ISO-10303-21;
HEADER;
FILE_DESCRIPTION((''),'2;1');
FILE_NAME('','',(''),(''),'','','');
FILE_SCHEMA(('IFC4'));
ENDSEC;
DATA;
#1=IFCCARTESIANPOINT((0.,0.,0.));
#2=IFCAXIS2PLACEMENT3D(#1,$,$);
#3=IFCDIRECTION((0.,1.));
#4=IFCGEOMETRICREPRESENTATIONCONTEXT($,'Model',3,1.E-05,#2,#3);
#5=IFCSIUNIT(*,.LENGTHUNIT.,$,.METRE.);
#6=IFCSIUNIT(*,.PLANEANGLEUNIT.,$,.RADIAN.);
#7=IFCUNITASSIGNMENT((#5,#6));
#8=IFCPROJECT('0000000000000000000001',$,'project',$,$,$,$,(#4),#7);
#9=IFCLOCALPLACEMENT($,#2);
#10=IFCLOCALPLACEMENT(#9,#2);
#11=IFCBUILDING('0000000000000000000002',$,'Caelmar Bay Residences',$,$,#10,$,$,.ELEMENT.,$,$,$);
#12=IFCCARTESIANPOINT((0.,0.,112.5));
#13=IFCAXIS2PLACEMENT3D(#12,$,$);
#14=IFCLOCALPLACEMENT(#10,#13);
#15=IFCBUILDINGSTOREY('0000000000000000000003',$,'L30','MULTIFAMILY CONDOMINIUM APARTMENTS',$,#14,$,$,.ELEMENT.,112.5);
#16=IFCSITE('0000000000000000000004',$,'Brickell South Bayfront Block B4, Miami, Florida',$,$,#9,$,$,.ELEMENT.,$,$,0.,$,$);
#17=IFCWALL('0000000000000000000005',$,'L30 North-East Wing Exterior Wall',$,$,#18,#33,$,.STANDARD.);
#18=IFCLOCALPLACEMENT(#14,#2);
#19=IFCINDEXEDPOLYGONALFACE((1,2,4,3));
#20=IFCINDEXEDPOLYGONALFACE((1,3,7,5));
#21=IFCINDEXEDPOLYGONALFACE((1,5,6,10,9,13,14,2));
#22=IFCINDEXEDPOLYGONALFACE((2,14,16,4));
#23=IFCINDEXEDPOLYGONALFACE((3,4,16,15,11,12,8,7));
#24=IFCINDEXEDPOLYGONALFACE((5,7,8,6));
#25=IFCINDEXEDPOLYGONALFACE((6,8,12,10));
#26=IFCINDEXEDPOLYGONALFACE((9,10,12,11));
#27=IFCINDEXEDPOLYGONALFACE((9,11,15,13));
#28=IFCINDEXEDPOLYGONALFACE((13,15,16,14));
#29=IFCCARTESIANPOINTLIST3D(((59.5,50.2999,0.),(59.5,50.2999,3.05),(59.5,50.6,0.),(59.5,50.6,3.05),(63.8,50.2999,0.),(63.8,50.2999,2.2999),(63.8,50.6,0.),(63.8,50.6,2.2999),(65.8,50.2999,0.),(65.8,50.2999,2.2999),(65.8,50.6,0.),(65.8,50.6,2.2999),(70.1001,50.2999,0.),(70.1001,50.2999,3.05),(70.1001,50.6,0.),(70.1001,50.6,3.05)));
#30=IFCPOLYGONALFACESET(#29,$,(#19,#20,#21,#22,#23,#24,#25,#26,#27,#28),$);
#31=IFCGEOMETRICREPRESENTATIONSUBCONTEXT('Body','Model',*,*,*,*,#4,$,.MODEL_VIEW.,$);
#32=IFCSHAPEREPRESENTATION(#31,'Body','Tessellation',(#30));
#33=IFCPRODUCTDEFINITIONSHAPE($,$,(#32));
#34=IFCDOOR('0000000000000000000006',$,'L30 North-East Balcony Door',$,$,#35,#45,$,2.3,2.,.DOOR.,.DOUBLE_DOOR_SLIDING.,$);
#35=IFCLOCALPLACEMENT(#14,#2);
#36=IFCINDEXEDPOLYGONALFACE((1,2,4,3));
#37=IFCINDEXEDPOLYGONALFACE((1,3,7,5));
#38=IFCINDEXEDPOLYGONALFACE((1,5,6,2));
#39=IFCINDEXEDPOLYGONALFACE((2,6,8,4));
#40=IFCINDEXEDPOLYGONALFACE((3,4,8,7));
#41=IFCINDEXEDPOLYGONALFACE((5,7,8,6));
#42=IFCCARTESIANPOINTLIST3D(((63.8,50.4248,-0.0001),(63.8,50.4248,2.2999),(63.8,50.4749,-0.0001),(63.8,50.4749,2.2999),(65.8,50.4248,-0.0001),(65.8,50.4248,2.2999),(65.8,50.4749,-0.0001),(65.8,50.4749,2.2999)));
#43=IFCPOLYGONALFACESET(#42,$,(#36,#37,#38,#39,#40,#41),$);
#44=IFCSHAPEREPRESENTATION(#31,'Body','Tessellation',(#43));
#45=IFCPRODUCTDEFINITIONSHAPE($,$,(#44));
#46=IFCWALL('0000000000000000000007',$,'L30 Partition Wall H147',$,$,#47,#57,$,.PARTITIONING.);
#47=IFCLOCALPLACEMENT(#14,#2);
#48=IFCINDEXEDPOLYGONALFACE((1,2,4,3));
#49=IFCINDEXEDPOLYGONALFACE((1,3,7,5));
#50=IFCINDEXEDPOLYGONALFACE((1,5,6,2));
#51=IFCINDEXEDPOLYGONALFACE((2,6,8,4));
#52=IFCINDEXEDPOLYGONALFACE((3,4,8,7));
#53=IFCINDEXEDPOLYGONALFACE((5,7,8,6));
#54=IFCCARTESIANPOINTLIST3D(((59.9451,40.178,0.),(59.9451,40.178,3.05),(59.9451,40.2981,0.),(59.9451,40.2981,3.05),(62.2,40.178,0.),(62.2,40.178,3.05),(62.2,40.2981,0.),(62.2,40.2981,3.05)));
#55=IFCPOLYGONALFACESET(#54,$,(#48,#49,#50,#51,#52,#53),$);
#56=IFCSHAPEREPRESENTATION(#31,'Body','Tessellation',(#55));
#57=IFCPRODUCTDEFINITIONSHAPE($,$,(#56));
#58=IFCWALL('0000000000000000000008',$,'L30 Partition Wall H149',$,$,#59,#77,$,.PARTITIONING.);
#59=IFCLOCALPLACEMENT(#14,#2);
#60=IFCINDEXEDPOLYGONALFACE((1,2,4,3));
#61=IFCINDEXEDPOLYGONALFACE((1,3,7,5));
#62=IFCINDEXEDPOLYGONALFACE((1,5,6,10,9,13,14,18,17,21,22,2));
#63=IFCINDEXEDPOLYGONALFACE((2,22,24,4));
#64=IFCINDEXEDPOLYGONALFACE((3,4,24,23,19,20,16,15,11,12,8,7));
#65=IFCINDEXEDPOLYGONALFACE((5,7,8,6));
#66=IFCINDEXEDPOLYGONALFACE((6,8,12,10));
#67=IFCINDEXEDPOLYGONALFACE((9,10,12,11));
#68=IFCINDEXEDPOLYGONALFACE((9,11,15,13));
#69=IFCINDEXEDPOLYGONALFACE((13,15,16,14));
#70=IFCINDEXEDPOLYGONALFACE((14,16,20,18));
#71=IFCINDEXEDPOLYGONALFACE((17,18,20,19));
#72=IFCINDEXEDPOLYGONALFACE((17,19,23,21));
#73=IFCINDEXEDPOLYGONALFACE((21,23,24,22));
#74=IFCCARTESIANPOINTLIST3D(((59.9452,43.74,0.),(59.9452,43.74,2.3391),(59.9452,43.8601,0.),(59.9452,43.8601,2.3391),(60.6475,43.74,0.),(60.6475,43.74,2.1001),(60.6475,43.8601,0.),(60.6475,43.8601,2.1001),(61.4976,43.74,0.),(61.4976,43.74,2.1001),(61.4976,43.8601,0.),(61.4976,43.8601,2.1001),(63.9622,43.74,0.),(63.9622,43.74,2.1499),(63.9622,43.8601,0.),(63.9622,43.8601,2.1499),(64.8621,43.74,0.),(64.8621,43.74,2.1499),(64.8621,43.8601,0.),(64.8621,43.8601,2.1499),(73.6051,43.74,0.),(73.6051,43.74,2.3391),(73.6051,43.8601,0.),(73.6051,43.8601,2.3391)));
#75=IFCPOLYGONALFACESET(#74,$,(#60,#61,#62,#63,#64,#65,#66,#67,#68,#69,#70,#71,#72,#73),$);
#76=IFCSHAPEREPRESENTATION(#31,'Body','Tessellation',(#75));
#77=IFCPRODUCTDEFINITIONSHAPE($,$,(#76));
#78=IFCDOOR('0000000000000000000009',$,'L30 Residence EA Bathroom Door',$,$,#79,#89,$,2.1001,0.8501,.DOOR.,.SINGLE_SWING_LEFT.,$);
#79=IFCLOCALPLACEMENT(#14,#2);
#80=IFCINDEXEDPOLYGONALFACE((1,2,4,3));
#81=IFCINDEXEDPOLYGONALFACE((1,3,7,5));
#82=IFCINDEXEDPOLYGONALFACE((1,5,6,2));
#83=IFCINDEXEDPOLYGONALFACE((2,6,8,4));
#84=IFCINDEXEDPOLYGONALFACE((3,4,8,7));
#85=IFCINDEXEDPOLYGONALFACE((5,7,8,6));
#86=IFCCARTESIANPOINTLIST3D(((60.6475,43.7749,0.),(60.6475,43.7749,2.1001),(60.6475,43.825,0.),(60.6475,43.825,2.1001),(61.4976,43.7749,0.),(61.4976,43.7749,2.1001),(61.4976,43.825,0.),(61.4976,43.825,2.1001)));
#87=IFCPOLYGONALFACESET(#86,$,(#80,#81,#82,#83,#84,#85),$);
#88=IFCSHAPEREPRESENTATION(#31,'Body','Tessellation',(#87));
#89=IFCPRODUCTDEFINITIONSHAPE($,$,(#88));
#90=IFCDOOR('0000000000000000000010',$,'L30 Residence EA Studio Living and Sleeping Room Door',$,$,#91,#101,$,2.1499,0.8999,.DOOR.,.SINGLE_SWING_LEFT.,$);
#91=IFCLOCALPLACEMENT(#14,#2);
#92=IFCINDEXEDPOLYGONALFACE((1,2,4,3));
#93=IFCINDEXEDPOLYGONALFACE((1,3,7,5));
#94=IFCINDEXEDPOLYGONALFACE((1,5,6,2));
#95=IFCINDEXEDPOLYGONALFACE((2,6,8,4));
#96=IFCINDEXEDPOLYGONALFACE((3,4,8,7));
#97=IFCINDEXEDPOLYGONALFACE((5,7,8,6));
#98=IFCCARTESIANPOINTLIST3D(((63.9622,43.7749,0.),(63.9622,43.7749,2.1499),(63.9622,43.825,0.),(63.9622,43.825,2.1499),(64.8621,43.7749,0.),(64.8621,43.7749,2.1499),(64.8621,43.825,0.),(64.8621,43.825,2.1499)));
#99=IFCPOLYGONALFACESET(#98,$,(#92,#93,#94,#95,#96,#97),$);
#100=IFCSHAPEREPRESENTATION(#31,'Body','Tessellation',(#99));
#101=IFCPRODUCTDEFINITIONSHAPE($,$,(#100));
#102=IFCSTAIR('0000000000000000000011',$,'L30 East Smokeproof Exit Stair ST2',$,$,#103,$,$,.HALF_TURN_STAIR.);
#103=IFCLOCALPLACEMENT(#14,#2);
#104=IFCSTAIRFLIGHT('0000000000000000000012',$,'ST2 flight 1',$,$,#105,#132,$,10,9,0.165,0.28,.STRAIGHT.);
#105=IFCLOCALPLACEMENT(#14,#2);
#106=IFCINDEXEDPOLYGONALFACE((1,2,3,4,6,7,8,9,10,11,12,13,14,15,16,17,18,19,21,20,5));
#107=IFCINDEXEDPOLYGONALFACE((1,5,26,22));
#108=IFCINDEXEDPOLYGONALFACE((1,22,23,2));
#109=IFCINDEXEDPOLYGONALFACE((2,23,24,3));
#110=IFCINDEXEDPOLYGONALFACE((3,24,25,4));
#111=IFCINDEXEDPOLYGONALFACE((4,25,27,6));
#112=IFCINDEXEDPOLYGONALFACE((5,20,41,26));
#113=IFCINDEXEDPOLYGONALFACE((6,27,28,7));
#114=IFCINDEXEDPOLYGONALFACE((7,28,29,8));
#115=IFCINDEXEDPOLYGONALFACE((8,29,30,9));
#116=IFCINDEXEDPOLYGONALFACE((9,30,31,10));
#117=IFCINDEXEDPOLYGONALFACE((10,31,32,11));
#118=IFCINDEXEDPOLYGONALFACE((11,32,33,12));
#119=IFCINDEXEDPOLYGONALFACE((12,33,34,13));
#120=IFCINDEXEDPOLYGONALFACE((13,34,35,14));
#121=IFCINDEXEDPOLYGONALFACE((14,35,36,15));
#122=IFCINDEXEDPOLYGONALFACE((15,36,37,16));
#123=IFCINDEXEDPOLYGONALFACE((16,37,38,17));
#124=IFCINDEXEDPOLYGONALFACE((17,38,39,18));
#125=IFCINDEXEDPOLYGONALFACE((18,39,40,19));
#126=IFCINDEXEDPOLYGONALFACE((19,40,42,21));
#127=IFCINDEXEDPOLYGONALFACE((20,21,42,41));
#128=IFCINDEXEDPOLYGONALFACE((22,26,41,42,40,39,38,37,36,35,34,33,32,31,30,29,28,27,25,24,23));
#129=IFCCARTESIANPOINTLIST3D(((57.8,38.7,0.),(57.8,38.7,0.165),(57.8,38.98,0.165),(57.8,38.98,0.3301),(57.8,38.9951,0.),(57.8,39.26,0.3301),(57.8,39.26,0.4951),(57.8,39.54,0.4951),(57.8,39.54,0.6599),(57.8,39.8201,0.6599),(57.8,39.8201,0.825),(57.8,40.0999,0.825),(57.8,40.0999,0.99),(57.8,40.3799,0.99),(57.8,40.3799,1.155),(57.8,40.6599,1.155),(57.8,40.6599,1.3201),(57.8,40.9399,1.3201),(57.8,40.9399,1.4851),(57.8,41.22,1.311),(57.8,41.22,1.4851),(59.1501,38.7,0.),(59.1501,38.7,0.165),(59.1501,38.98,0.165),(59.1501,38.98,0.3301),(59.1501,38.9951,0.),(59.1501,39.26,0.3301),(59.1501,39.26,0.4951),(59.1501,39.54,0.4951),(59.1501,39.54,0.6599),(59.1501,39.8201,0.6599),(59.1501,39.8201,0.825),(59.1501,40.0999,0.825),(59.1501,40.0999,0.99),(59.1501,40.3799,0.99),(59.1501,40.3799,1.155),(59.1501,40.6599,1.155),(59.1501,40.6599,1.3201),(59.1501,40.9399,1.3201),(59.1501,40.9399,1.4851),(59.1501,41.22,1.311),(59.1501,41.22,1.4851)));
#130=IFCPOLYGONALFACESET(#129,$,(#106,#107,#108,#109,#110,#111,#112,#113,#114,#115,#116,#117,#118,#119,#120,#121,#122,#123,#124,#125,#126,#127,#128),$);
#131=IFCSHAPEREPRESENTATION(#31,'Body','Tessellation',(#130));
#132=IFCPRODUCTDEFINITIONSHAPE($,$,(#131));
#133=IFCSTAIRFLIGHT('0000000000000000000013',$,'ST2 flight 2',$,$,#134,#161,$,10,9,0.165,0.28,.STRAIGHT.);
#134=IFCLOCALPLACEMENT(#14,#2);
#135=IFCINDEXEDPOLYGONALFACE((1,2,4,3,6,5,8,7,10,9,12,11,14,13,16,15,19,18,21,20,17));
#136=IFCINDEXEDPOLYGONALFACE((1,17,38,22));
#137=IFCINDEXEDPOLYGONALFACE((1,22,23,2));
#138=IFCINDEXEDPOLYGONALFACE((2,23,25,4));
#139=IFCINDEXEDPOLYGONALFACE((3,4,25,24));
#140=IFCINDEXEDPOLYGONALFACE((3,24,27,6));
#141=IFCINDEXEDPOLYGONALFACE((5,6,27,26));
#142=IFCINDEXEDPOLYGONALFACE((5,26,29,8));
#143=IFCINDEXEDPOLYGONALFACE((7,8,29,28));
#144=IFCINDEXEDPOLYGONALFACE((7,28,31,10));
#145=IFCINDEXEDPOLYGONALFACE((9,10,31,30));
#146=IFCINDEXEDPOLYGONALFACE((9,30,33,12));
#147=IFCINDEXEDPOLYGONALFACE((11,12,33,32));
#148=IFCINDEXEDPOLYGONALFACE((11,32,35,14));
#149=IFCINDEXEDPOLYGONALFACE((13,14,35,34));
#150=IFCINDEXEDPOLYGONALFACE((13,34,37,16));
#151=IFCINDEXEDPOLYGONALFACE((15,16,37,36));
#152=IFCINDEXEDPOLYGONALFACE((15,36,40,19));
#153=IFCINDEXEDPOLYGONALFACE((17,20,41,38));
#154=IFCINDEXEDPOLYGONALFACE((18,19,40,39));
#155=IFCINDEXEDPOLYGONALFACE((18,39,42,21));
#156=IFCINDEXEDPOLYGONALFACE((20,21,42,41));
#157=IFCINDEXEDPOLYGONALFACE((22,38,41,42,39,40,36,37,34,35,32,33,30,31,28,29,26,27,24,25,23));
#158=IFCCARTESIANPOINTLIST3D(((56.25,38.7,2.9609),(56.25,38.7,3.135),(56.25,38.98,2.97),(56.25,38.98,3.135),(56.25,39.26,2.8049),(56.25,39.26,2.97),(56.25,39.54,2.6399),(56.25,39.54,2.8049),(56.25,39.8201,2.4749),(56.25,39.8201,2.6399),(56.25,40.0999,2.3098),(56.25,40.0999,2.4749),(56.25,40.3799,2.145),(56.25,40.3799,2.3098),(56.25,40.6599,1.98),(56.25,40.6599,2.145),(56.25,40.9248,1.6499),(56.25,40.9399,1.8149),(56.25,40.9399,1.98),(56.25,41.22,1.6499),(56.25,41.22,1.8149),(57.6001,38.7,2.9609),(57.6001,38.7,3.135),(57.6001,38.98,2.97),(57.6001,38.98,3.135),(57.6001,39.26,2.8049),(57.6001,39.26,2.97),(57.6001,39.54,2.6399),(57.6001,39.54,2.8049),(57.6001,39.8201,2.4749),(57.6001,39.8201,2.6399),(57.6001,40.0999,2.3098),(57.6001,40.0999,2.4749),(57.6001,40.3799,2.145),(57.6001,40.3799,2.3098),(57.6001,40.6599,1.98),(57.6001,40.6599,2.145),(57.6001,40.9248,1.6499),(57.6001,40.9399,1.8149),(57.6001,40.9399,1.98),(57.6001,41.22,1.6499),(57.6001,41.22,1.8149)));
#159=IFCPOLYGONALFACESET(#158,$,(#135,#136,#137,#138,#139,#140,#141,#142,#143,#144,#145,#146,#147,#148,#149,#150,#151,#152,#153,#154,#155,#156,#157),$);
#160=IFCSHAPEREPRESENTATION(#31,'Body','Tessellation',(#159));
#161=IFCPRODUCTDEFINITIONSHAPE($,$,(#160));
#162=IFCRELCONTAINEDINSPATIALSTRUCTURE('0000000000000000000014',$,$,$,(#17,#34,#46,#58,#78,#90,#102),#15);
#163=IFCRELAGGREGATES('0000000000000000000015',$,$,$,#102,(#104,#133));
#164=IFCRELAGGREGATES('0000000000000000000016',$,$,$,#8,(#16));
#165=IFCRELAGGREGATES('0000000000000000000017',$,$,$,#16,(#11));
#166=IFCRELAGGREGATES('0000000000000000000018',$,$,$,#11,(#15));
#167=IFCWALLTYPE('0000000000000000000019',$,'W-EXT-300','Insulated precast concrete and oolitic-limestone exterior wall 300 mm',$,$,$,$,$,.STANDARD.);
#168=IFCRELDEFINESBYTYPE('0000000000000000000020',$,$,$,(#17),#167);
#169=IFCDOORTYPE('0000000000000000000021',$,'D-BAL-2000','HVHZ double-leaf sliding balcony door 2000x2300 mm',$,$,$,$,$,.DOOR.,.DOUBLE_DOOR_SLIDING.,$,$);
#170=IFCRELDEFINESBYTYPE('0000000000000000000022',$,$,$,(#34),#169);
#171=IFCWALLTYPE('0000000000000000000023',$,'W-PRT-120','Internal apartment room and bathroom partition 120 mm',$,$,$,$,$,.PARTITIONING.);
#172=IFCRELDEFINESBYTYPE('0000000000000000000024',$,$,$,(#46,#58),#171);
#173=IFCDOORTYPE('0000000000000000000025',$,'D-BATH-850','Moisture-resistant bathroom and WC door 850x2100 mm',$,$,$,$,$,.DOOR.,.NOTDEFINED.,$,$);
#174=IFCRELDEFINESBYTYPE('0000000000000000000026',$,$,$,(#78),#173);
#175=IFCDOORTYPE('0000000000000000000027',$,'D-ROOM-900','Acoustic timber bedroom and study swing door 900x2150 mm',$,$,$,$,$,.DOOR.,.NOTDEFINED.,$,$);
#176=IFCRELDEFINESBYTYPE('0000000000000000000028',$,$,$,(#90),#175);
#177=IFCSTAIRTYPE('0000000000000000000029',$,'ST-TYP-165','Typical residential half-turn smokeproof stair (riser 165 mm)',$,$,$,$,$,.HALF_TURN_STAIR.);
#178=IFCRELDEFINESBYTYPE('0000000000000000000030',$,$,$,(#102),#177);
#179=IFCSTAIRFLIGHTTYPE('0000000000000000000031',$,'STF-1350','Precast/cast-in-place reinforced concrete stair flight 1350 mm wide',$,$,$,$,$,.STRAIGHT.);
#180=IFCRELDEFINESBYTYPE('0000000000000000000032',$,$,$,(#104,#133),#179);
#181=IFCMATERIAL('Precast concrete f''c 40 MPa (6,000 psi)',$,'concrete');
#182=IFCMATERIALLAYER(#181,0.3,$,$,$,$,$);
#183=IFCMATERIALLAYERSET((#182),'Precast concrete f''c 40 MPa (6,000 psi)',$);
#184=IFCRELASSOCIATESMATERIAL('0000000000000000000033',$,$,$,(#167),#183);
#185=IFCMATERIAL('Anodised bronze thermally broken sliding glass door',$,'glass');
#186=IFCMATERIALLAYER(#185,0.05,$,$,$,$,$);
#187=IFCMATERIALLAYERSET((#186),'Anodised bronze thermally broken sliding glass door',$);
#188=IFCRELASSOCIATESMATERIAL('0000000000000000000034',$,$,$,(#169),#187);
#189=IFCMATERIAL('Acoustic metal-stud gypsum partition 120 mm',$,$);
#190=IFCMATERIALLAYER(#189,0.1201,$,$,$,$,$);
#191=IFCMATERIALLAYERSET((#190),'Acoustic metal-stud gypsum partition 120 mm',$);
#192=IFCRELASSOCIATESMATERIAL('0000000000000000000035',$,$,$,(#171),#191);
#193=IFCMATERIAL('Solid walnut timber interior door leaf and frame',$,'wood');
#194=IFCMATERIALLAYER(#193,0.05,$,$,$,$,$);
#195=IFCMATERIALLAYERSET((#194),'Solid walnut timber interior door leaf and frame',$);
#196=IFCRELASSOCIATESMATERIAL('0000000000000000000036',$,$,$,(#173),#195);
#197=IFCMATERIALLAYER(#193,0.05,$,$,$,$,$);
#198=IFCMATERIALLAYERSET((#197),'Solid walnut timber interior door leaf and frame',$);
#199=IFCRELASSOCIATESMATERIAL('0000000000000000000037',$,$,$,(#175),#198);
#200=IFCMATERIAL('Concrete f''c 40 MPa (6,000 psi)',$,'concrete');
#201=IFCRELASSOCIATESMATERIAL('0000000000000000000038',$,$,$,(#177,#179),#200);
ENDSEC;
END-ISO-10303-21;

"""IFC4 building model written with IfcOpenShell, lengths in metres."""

from ifc_helpers import new_model, si_unit, direction, frame, frame_2d, origin, place, context, subcontext, project, spatial, polyline, rectangle, outline, extrude, material, layer, layer_set, type_object, element, fill, aggregate, save


model = new_model("IFC4")

# Units and contexts
model_context = context("Model", 3, precision=1e-05, world=origin(), true_north=direction((0.0, 1.0)))
body_context = subcontext(model_context, "Body", "Model", "MODEL_VIEW")
ifc_project = project(units=[si_unit("LENGTHUNIT", "METRE"), si_unit("PLANEANGLEUNIT", "RADIAN")], contexts=[model_context])

# Site, building, storey
site_placement = place(None, origin())
site = spatial("IfcSite", under=ifc_project, at=site_placement, Name="Brickell South Bayfront Block B4, Miami, Florida", CompositionType="ELEMENT", RefElevation=0.0)
building_placement = place(site_placement, origin())
building = spatial("IfcBuilding", under=site, at=building_placement, Name="Caelmar Bay Residences", CompositionType="ELEMENT")
storey_placement = place(building_placement, frame((0.0, 0.0, 112.5)))
storey = spatial("IfcBuildingStorey", under=building, at=storey_placement, Name="L30", Description="MULTIFAMILY CONDOMINIUM APARTMENTS", CompositionType="ELEMENT", Elevation=112.5)

# Wall, opening, door
ifc_material_1 = material(Name="Precast concrete f'c 40 MPa (6,000 psi)", Category="concrete")
ifc_layer_1 = layer(ifc_material_1, 0.3)
ifc_layer_set_1 = layer_set([ifc_layer_1], Name="Precast concrete f'c 40 MPa (6,000 psi)")
wall_type_1 = type_object("IfcWallType", Name="W-EXT-300", Description="Insulated precast concrete and oolitic-limestone exterior wall 300 mm", PredefinedType="STANDARD", material=ifc_layer_set_1)
wall_1_placement = place(storey_placement, frame((59.5, 50.45, 0.0), z_axis=(0.0, 0.0, 1.0), x_axis=(1.0, 0.0, 0.0)))
wall_1 = element("IfcWall", 1, at=wall_1_placement, inside=storey, type_object=wall_type_1, Name="L30 North-East Wing Exterior Wall", PredefinedType="STANDARD", context=body_context, shape_type="SweptSolid", body=[
    extrude(rectangle(XDim=10.6001, YDim=0.3, at=frame_2d((5.3, 0.0))), origin(), (0.0, 0.0, 1.0), 3.05),
])
opening_1_placement = place(wall_1_placement, frame((4.3, 0.0, 0.0)))
opening_1 = element("IfcOpeningElement", 2, at=opening_1_placement, cuts=wall_1, PredefinedType="OPENING", context=body_context, shape_type="SweptSolid", body=[
    extrude(rectangle(XDim=2.0, YDim=2.3, at=frame_2d((1.0, 1.1499))), frame((0.0, 0.1599, 0.0), z_axis=(0.0, -1.0, 0.0), x_axis=(1.0, 0.0, 0.0)), (0.0, 0.0, 1.0), 0.3201),
])
ifc_material_2 = material(Name="Anodised bronze thermally broken sliding glass door", Category="glass")
ifc_layer_2 = layer(ifc_material_2, 0.05)
ifc_layer_set_2 = layer_set([ifc_layer_2], Name="Anodised bronze thermally broken sliding glass door")
door_type_1 = type_object("IfcDoorType", Name="D-BAL-2000", Description="HVHZ double-leaf sliding balcony door 2000x2300 mm", OperationType="DOUBLE_DOOR_SLIDING", PredefinedType="DOOR", material=ifc_layer_set_2)
door_1_placement = place(opening_1_placement, origin())
door_1 = element("IfcDoor", 3, at=door_1_placement, inside=storey, type_object=door_type_1, Name="L30 North-East Balcony Door", OperationType="DOUBLE_DOOR_SLIDING", OverallHeight=2.3, OverallWidth=2.0, PredefinedType="DOOR", context=body_context, shape_type="SweptSolid", body=[
    extrude(rectangle(XDim=2.0, YDim=2.3, at=frame_2d((1.0, 1.1499))), frame((0.0, 0.0249, 0.0), z_axis=(0.0, -1.0, 0.0), x_axis=(1.0, 0.0, 0.0)), (0.0, 0.0, 1.0), 0.05),
])
fill(opening_1, door_1)

# Wall
ifc_material_3 = material(Name="Acoustic metal-stud gypsum partition 120 mm")
ifc_layer_3 = layer(ifc_material_3, 0.1201)
ifc_layer_set_3 = layer_set([ifc_layer_3], Name="Acoustic metal-stud gypsum partition 120 mm")
wall_type_2 = type_object("IfcWallType", Name="W-PRT-120", Description="Internal apartment room and bathroom partition 120 mm", PredefinedType="PARTITIONING", material=ifc_layer_set_3)
wall_2_placement = place(storey_placement, frame((59.9451, 40.238, 0.0), z_axis=(0.0, 0.0, 1.0), x_axis=(1.0, 0.0, 0.0)))
element("IfcWall", 4, at=wall_2_placement, inside=storey, type_object=wall_type_2, Name="L30 Partition Wall H147", PredefinedType="PARTITIONING", context=body_context, shape_type="SweptSolid", body=[
    extrude(rectangle(XDim=2.2549, YDim=0.1201, at=frame_2d((1.1274, 0.0))), origin(), (0.0, 0.0, 1.0), 3.05),
])

# Wall, openings, doors
wall_3_placement = place(storey_placement, frame((59.9451, 43.8, 0.0), z_axis=(0.0, 0.0, 1.0), x_axis=(1.0, 0.0, 0.0)))
wall_3 = element("IfcWall", 5, at=wall_3_placement, inside=storey, type_object=wall_type_2, Name="L30 Partition Wall H149", PredefinedType="PARTITIONING", context=body_context, shape_type="SweptSolid", body=[
    extrude(rectangle(XDim=13.6599, YDim=0.1201, at=frame_2d((6.8301, 0.0))), origin(), (0.0, 0.0, 1.0), 2.3391),
])
opening_2_placement = place(wall_3_placement, frame((4.0171, 0.0, 0.0)))
opening_2 = element("IfcOpeningElement", 6, at=opening_2_placement, cuts=wall_3, PredefinedType="OPENING", context=body_context, shape_type="SweptSolid", body=[
    extrude(rectangle(XDim=0.8999, YDim=2.1499, at=frame_2d((0.45, 1.075))), frame((0.0, 0.0701, 0.0), z_axis=(0.0, -1.0, 0.0), x_axis=(1.0, 0.0, 0.0)), (0.0, 0.0, 1.0), 0.1401),
])
opening_3_placement = place(wall_3_placement, frame((0.7024, 0.0, 0.0)))
opening_3 = element("IfcOpeningElement", 7, at=opening_3_placement, cuts=wall_3, PredefinedType="OPENING", context=body_context, shape_type="SweptSolid", body=[
    extrude(rectangle(XDim=0.8501, YDim=2.1001, at=frame_2d((0.425, 1.05))), frame((0.0, 0.0701, 0.0), z_axis=(0.0, -1.0, 0.0), x_axis=(1.0, 0.0, 0.0)), (0.0, 0.0, 1.0), 0.1401),
])
ifc_material_4 = material(Name="Solid walnut timber interior door leaf and frame", Category="wood")
ifc_layer_4 = layer(ifc_material_4, 0.05)
ifc_layer_set_4 = layer_set([ifc_layer_4], Name="Solid walnut timber interior door leaf and frame")
door_type_2 = type_object("IfcDoorType", Name="D-BATH-850", Description="Moisture-resistant bathroom and WC door 850x2100 mm", OperationType="NOTDEFINED", PredefinedType="DOOR", material=ifc_layer_set_4)
door_2_placement = place(opening_3_placement, origin())
door_2 = element("IfcDoor", 8, at=door_2_placement, inside=storey, type_object=door_type_2, Name="L30 Residence EA Bathroom Door", OperationType="SINGLE_SWING_LEFT", OverallHeight=2.1001, OverallWidth=0.8501, PredefinedType="DOOR", context=body_context, shape_type="SweptSolid", body=[
    extrude(rectangle(XDim=0.8501, YDim=2.1001, at=frame_2d((0.425, 1.05))), frame((0.0, 0.0249, 0.0), z_axis=(0.0, -1.0, 0.0), x_axis=(1.0, 0.0, 0.0)), (0.0, 0.0, 1.0), 0.05),
])
fill(opening_3, door_2)
ifc_layer_5 = layer(ifc_material_4, 0.05)
ifc_layer_set_5 = layer_set([ifc_layer_5], Name="Solid walnut timber interior door leaf and frame")
door_type_3 = type_object("IfcDoorType", Name="D-ROOM-900", Description="Acoustic timber bedroom and study swing door 900x2150 mm", OperationType="NOTDEFINED", PredefinedType="DOOR", material=ifc_layer_set_5)
door_3_placement = place(opening_2_placement, origin())
door_3 = element("IfcDoor", 9, at=door_3_placement, inside=storey, type_object=door_type_3, Name="L30 Residence EA Studio Living and Sleeping Room Door", OperationType="SINGLE_SWING_LEFT", OverallHeight=2.1499, OverallWidth=0.8999, PredefinedType="DOOR", context=body_context, shape_type="SweptSolid", body=[
    extrude(rectangle(XDim=0.8999, YDim=2.1499, at=frame_2d((0.45, 1.075))), frame((0.0, 0.0249, 0.0), z_axis=(0.0, -1.0, 0.0), x_axis=(1.0, 0.0, 0.0)), (0.0, 0.0, 1.0), 0.05),
])
fill(opening_2, door_3)

# Stair, stair flights
ifc_material_5 = material(Name="Concrete f'c 40 MPa (6,000 psi)", Category="concrete")
stair_type = type_object("IfcStairType", Name="ST-TYP-165", Description="Typical residential half-turn smokeproof stair (riser 165 mm)", PredefinedType="HALF_TURN_STAIR", material=ifc_material_5)
stair_placement = place(storey_placement, origin())
stair = element("IfcStair", 10, at=stair_placement, inside=storey, type_object=stair_type, Name="L30 East Smokeproof Exit Stair ST2", PredefinedType="HALF_TURN_STAIR")
stair_flight_type = type_object("IfcStairFlightType", Name="STF-1350", Description="Precast/cast-in-place reinforced concrete stair flight 1350 mm wide", PredefinedType="STRAIGHT", material=ifc_material_5)
stair_flight_1_placement = place(storey_placement, frame((58.4751, 38.7, 0.0), z_axis=(0.0, 0.0, 1.0), x_axis=(0.0, 1.0, 0.0)))
stair_flight_1 = element("IfcStairFlight", 11, at=stair_flight_1_placement, type_object=stair_flight_type, Name="ST2 flight 1", NumberOfRisers=10, NumberOfTreads=9, PredefinedType="STRAIGHT", RiserHeight=0.165, TreadLength=0.28, context=body_context, shape_type="SweptSolid", body=[
    extrude(outline(polyline([(0.0, 0.0), (0.0, 0.165), (0.28, 0.165), (0.28, 0.3301), (0.5601, 0.3301), (0.5601, 0.4951), (0.8401, 0.4951), (0.8401, 0.6599), (1.1201, 0.6599), (1.1201, 0.825), (1.3999, 0.825), (1.3999, 0.99), (1.6799, 0.99), (1.6799, 1.155), (1.96, 1.155), (1.96, 1.3201), (2.24, 1.3201), (2.24, 1.4851), (2.52, 1.4851), (2.52, 1.6499), (2.52, 1.311), (0.2952, 0.0), (0.0, 0.0)])), frame((0.0, 0.675, 0.0), z_axis=(0.0, -1.0, 0.0), x_axis=(1.0, 0.0, 0.0)), (0.0, 0.0, 1.0), 1.3501),
])
stair_flight_2_placement = place(storey_placement, frame((56.925, 41.22, 1.6499), z_axis=(0.0, 0.0, 1.0), x_axis=(0.0, -1.0, 0.0)))
stair_flight_2 = element("IfcStairFlight", 12, at=stair_flight_2_placement, type_object=stair_flight_type, Name="ST2 flight 2", NumberOfRisers=10, NumberOfTreads=9, PredefinedType="STRAIGHT", RiserHeight=0.165, TreadLength=0.28, context=body_context, shape_type="SweptSolid", body=[
    extrude(outline(polyline([(0.0, 0.0), (0.0, 0.165), (0.28, 0.165), (0.28, 0.3301), (0.5601, 0.3301), (0.5601, 0.4951), (0.8401, 0.4951), (0.8401, 0.6599), (1.1201, 0.6599), (1.1201, 0.825), (1.3999, 0.825), (1.3999, 0.99), (1.6799, 0.99), (1.6799, 1.155), (1.96, 1.155), (1.96, 1.3201), (2.24, 1.3201), (2.24, 1.4851), (2.52, 1.4851), (2.52, 1.6499), (2.52, 1.311), (0.2952, 0.0), (0.0, 0.0)])), frame((0.0, 0.675, 0.0), z_axis=(0.0, -1.0, 0.0), x_axis=(1.0, 0.0, 0.0)), (0.0, 0.0, 1.0), 1.3501),
])
aggregate(stair, [stair_flight_1, stair_flight_2])

save(model, "model.ifc")
